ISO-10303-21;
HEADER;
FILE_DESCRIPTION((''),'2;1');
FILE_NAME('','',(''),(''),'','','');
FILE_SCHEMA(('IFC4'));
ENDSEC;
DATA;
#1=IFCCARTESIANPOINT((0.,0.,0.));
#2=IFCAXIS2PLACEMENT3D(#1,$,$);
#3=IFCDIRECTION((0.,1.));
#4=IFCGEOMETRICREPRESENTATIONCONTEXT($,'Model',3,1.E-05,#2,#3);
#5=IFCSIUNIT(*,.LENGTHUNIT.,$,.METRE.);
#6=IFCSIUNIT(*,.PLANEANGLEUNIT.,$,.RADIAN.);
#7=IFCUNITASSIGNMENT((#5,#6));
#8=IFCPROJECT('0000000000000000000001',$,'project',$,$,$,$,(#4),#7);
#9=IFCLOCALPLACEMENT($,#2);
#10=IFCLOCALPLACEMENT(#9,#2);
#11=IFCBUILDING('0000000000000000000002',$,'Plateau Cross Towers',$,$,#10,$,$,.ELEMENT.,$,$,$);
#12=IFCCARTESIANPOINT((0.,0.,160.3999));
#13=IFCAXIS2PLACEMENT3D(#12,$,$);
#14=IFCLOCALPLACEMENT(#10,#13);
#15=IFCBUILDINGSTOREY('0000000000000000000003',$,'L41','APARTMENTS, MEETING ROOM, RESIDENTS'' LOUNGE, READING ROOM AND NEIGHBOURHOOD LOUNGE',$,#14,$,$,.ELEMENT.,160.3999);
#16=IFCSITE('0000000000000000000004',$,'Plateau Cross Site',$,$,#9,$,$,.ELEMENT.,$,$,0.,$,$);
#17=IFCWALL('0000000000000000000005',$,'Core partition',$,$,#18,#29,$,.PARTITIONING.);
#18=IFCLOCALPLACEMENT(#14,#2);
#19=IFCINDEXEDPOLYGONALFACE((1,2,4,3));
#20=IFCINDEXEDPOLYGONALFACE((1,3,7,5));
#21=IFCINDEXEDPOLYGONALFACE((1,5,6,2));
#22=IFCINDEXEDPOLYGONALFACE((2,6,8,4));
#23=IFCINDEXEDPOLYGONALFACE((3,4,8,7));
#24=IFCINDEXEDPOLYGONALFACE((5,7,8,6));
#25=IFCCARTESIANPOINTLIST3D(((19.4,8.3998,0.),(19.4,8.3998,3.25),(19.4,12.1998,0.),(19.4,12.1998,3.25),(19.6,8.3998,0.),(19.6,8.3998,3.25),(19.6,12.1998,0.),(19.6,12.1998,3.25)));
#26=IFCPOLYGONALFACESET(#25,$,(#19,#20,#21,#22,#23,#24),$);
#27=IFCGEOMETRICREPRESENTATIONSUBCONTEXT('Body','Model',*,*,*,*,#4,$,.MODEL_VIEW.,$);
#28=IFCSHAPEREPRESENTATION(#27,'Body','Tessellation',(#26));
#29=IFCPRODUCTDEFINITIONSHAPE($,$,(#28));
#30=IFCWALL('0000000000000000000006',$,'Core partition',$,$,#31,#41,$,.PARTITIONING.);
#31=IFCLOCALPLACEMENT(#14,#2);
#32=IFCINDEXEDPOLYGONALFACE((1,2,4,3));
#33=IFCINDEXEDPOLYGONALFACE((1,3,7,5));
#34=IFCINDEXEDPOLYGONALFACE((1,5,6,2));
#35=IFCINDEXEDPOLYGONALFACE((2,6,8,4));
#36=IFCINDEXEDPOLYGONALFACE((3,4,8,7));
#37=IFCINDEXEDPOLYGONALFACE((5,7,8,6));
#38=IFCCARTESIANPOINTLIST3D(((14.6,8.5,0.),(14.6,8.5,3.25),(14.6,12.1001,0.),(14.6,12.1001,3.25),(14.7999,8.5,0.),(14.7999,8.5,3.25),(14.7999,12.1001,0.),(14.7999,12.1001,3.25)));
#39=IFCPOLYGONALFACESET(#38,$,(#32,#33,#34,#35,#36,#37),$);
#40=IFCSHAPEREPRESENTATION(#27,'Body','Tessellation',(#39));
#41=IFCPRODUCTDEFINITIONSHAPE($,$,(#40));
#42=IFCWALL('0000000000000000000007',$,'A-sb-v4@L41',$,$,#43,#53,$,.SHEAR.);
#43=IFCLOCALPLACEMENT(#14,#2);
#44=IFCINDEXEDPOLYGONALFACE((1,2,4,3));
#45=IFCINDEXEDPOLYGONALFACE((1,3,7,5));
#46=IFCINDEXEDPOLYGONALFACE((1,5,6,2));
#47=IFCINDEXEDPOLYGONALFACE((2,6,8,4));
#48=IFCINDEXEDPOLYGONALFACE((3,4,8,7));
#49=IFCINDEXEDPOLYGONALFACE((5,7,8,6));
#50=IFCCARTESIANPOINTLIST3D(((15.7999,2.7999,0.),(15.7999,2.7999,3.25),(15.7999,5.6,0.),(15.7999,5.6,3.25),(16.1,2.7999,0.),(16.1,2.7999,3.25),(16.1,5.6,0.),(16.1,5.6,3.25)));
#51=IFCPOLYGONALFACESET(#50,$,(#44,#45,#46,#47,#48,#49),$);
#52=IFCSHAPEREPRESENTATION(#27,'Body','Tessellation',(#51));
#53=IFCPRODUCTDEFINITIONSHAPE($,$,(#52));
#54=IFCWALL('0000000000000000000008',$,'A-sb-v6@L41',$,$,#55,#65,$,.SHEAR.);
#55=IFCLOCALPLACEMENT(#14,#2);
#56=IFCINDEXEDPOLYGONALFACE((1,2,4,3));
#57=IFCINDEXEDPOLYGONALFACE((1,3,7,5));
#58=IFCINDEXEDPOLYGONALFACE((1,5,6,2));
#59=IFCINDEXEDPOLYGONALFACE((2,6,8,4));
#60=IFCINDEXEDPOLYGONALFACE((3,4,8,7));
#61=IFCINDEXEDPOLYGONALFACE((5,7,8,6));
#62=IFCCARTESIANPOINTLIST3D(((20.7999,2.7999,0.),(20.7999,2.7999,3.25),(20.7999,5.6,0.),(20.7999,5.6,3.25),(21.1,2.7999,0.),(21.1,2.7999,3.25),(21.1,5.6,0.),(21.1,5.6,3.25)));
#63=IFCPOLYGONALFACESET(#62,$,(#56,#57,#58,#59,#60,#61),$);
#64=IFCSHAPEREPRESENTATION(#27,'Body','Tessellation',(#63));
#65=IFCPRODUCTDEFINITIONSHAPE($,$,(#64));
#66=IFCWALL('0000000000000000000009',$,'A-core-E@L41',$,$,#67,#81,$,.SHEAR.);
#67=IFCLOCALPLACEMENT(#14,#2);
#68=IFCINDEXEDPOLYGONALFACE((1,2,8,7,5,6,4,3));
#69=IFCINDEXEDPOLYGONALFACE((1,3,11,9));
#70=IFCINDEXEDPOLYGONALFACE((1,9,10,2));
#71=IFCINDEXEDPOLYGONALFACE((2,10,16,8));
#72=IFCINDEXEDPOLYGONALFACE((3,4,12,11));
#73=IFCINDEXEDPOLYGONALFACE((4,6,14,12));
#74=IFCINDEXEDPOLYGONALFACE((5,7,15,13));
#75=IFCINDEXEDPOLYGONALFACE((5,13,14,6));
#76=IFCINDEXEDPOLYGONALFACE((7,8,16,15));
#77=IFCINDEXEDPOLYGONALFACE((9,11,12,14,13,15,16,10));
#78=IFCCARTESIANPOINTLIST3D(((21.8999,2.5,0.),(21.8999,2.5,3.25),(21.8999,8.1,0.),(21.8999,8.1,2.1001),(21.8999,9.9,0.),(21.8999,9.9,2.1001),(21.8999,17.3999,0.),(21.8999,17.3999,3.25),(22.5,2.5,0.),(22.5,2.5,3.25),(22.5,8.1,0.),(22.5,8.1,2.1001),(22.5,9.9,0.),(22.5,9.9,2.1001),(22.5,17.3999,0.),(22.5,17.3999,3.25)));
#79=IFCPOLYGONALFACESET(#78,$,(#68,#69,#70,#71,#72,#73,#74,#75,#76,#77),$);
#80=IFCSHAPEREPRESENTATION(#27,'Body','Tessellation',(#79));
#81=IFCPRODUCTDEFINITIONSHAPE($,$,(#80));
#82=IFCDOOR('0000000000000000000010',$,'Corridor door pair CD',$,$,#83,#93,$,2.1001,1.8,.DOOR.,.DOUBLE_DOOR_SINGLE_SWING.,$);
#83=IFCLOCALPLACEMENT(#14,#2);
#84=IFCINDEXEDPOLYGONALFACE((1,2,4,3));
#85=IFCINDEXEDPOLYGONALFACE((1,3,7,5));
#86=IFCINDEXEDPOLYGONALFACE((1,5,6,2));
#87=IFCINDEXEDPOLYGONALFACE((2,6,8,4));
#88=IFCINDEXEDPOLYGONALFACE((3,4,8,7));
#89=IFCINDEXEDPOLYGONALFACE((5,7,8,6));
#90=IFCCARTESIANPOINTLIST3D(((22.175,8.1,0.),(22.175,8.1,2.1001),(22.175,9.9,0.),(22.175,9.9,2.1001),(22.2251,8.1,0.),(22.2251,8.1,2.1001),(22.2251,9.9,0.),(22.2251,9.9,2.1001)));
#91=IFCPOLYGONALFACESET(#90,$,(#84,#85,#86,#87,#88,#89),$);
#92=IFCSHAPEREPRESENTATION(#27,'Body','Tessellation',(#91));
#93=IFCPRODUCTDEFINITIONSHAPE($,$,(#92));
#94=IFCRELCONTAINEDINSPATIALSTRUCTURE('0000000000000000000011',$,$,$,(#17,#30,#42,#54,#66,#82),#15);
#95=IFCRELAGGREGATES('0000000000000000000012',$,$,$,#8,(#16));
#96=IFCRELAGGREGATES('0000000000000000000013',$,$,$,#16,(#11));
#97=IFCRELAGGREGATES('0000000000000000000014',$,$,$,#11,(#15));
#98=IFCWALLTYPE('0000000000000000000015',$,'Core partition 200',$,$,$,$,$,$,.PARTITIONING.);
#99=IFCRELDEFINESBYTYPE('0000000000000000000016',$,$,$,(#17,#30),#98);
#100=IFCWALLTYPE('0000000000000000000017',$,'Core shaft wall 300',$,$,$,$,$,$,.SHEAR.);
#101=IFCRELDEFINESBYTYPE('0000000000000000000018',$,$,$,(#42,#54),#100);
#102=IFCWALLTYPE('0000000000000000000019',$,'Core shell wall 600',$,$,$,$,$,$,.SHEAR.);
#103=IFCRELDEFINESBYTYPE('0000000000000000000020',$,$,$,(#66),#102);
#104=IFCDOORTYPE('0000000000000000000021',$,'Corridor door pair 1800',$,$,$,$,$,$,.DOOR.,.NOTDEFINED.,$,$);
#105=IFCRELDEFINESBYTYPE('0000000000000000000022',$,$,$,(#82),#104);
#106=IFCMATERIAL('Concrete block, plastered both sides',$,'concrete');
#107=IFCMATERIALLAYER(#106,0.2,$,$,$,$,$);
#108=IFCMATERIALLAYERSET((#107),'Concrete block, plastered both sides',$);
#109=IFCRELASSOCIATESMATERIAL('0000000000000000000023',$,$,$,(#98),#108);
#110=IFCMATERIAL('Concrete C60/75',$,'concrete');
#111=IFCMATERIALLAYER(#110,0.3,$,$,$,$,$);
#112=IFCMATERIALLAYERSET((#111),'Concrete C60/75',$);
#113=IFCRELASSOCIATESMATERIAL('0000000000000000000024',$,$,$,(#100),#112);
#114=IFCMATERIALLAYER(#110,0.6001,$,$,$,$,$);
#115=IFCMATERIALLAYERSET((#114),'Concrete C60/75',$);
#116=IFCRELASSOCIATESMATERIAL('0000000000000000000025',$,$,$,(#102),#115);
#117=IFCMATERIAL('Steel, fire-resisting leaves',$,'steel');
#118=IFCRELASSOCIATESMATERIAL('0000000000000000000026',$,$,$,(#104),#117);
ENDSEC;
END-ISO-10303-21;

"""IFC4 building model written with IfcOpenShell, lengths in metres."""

from ifc_helpers import new_model, si_unit, direction, frame, frame_2d, origin, place, context, subcontext, project, spatial, rectangle, extrude, material, layer, layer_set, type_object, element, fill, save


model = new_model("IFC4")

# Units and contexts
model_context = context("Model", 3, precision=1e-05, world=origin(), true_north=direction((0.0, 1.0)))
body_context = subcontext(model_context, "Body", "Model", "MODEL_VIEW")
ifc_project = project(units=[si_unit("LENGTHUNIT", "METRE"), si_unit("PLANEANGLEUNIT", "RADIAN")], contexts=[model_context])

# Site, building, storey
site_placement = place(None, origin())
site = spatial("IfcSite", under=ifc_project, at=site_placement, Name="Plateau Cross Site", CompositionType="ELEMENT", RefElevation=0.0)
building_placement = place(site_placement, origin())
building = spatial("IfcBuilding", under=site, at=building_placement, Name="Plateau Cross Towers", CompositionType="ELEMENT")
storey_placement = place(building_placement, frame((0.0, 0.0, 160.3999)))
storey = spatial("IfcBuildingStorey", under=building, at=storey_placement, Name="L41", Description="APARTMENTS, MEETING ROOM, RESIDENTS' LOUNGE, READING ROOM AND NEIGHBOURHOOD LOUNGE", CompositionType="ELEMENT", Elevation=160.3999)

# Walls
ifc_material_1 = material(Name="Concrete block, plastered both sides", Category="concrete")
ifc_layer_1 = layer(ifc_material_1, 0.2)
ifc_layer_set_1 = layer_set([ifc_layer_1], Name="Concrete block, plastered both sides")
wall_type_1 = type_object("IfcWallType", Name="Core partition 200", PredefinedType="PARTITIONING", material=ifc_layer_set_1)
wall_1_placement = place(storey_placement, frame((19.5, 8.3999, 0.0), z_axis=(0.0, 0.0, 1.0), x_axis=(0.0, 1.0, 0.0)))
element("IfcWall", 1, at=wall_1_placement, inside=storey, type_object=wall_type_1, Name="Core partition", PredefinedType="PARTITIONING", context=body_context, shape_type="SweptSolid", body=[
    extrude(rectangle(XDim=3.8, YDim=0.2, at=frame_2d((1.8999, 0.0))), origin(), (0.0, 0.0, 1.0), 3.25),
])
wall_2_placement = place(storey_placement, frame((14.7, 8.5, 0.0), z_axis=(0.0, 0.0, 1.0), x_axis=(0.0, 1.0, 0.0)))
element("IfcWall", 2, at=wall_2_placement, inside=storey, type_object=wall_type_1, Name="Core partition", PredefinedType="PARTITIONING", context=body_context, shape_type="SweptSolid", body=[
    extrude(rectangle(XDim=3.6001, YDim=0.2, at=frame_2d((1.8, 0.0))), origin(), (0.0, 0.0, 1.0), 3.25),
])
ifc_material_2 = material(Name="Concrete C60/75", Category="concrete")
ifc_layer_2 = layer(ifc_material_2, 0.3)
ifc_layer_set_2 = layer_set([ifc_layer_2], Name="Concrete C60/75")
wall_type_2 = type_object("IfcWallType", Name="Core shaft wall 300", PredefinedType="SHEAR", material=ifc_layer_set_2)
for number, where, z_axis, x_axis, name in (
    (3, (15.95, 2.8, 0.0), (0.0, 0.0, 1.0), (0.0, 1.0, 0.0), "A-sb-v4@L41"),
    (4, (20.95, 2.8, 0.0), (0.0, 0.0, 1.0), (0.0, 1.0, 0.0), "A-sb-v6@L41"),
):
    element("IfcWall", number, at=place(storey_placement, frame(where, z_axis=z_axis, x_axis=x_axis)), inside=storey, type_object=wall_type_2, Name=name, PredefinedType="SHEAR", context=body_context, shape_type="SweptSolid", body=[
        extrude(rectangle(XDim=2.8, YDim=0.3, at=frame_2d((1.3999, 0.0))), origin(), (0.0, 0.0, 1.0), 3.25),
    ])

# Wall, opening, door
ifc_layer_3 = layer(ifc_material_2, 0.6001)
ifc_layer_set_3 = layer_set([ifc_layer_3], Name="Concrete C60/75")
wall_type_3 = type_object("IfcWallType", Name="Core shell wall 600", PredefinedType="SHEAR", material=ifc_layer_set_3)
wall_3_placement = place(storey_placement, frame((22.2, 2.5, 0.0), z_axis=(0.0, 0.0, 1.0), x_axis=(0.0, 1.0, 0.0)))
wall_3 = element("IfcWall", 5, at=wall_3_placement, inside=storey, type_object=wall_type_3, Name="A-core-E@L41", PredefinedType="SHEAR", context=body_context, shape_type="SweptSolid", body=[
    extrude(rectangle(XDim=14.8999, YDim=0.6001, at=frame_2d((7.45, 0.0))), origin(), (0.0, 0.0, 1.0), 3.25),
])
opening_1_placement = place(wall_3_placement, frame((5.6001, 0.0, 0.0)))
opening_1 = element("IfcOpeningElement", 6, at=opening_1_placement, cuts=wall_3, PredefinedType="OPENING", context=body_context, shape_type="SweptSolid", body=[
    extrude(rectangle(XDim=1.8, YDim=2.1001, at=frame_2d((0.8999, 1.05))), frame((0.0, 0.3101, 0.0), z_axis=(0.0, -1.0, 0.0), x_axis=(1.0, 0.0, 0.0)), (0.0, 0.0, 1.0), 0.6201),
])
ifc_material_3 = material(Name="Steel, fire-resisting leaves", Category="steel")
door_type_1 = type_object("IfcDoorType", Name="Corridor door pair 1800", OperationType="NOTDEFINED", PredefinedType="DOOR", material=ifc_material_3)
door_1_placement = place(opening_1_placement, origin())
door_1 = element("IfcDoor", 7, at=door_1_placement, inside=storey, type_object=door_type_1, Name="Corridor door pair CD", OperationType="DOUBLE_DOOR_SINGLE_SWING", OverallHeight=2.1001, OverallWidth=1.8, PredefinedType="DOOR", context=body_context, shape_type="SweptSolid", body=[
    extrude(rectangle(XDim=1.8, YDim=2.1001, at=frame_2d((0.8999, 1.05))), frame((0.0, 0.0249, 0.0), z_axis=(0.0, -1.0, 0.0), x_axis=(1.0, 0.0, 0.0)), (0.0, 0.0, 1.0), 0.05),
])
fill(opening_1, door_1)

save(model, "model.ifc")
